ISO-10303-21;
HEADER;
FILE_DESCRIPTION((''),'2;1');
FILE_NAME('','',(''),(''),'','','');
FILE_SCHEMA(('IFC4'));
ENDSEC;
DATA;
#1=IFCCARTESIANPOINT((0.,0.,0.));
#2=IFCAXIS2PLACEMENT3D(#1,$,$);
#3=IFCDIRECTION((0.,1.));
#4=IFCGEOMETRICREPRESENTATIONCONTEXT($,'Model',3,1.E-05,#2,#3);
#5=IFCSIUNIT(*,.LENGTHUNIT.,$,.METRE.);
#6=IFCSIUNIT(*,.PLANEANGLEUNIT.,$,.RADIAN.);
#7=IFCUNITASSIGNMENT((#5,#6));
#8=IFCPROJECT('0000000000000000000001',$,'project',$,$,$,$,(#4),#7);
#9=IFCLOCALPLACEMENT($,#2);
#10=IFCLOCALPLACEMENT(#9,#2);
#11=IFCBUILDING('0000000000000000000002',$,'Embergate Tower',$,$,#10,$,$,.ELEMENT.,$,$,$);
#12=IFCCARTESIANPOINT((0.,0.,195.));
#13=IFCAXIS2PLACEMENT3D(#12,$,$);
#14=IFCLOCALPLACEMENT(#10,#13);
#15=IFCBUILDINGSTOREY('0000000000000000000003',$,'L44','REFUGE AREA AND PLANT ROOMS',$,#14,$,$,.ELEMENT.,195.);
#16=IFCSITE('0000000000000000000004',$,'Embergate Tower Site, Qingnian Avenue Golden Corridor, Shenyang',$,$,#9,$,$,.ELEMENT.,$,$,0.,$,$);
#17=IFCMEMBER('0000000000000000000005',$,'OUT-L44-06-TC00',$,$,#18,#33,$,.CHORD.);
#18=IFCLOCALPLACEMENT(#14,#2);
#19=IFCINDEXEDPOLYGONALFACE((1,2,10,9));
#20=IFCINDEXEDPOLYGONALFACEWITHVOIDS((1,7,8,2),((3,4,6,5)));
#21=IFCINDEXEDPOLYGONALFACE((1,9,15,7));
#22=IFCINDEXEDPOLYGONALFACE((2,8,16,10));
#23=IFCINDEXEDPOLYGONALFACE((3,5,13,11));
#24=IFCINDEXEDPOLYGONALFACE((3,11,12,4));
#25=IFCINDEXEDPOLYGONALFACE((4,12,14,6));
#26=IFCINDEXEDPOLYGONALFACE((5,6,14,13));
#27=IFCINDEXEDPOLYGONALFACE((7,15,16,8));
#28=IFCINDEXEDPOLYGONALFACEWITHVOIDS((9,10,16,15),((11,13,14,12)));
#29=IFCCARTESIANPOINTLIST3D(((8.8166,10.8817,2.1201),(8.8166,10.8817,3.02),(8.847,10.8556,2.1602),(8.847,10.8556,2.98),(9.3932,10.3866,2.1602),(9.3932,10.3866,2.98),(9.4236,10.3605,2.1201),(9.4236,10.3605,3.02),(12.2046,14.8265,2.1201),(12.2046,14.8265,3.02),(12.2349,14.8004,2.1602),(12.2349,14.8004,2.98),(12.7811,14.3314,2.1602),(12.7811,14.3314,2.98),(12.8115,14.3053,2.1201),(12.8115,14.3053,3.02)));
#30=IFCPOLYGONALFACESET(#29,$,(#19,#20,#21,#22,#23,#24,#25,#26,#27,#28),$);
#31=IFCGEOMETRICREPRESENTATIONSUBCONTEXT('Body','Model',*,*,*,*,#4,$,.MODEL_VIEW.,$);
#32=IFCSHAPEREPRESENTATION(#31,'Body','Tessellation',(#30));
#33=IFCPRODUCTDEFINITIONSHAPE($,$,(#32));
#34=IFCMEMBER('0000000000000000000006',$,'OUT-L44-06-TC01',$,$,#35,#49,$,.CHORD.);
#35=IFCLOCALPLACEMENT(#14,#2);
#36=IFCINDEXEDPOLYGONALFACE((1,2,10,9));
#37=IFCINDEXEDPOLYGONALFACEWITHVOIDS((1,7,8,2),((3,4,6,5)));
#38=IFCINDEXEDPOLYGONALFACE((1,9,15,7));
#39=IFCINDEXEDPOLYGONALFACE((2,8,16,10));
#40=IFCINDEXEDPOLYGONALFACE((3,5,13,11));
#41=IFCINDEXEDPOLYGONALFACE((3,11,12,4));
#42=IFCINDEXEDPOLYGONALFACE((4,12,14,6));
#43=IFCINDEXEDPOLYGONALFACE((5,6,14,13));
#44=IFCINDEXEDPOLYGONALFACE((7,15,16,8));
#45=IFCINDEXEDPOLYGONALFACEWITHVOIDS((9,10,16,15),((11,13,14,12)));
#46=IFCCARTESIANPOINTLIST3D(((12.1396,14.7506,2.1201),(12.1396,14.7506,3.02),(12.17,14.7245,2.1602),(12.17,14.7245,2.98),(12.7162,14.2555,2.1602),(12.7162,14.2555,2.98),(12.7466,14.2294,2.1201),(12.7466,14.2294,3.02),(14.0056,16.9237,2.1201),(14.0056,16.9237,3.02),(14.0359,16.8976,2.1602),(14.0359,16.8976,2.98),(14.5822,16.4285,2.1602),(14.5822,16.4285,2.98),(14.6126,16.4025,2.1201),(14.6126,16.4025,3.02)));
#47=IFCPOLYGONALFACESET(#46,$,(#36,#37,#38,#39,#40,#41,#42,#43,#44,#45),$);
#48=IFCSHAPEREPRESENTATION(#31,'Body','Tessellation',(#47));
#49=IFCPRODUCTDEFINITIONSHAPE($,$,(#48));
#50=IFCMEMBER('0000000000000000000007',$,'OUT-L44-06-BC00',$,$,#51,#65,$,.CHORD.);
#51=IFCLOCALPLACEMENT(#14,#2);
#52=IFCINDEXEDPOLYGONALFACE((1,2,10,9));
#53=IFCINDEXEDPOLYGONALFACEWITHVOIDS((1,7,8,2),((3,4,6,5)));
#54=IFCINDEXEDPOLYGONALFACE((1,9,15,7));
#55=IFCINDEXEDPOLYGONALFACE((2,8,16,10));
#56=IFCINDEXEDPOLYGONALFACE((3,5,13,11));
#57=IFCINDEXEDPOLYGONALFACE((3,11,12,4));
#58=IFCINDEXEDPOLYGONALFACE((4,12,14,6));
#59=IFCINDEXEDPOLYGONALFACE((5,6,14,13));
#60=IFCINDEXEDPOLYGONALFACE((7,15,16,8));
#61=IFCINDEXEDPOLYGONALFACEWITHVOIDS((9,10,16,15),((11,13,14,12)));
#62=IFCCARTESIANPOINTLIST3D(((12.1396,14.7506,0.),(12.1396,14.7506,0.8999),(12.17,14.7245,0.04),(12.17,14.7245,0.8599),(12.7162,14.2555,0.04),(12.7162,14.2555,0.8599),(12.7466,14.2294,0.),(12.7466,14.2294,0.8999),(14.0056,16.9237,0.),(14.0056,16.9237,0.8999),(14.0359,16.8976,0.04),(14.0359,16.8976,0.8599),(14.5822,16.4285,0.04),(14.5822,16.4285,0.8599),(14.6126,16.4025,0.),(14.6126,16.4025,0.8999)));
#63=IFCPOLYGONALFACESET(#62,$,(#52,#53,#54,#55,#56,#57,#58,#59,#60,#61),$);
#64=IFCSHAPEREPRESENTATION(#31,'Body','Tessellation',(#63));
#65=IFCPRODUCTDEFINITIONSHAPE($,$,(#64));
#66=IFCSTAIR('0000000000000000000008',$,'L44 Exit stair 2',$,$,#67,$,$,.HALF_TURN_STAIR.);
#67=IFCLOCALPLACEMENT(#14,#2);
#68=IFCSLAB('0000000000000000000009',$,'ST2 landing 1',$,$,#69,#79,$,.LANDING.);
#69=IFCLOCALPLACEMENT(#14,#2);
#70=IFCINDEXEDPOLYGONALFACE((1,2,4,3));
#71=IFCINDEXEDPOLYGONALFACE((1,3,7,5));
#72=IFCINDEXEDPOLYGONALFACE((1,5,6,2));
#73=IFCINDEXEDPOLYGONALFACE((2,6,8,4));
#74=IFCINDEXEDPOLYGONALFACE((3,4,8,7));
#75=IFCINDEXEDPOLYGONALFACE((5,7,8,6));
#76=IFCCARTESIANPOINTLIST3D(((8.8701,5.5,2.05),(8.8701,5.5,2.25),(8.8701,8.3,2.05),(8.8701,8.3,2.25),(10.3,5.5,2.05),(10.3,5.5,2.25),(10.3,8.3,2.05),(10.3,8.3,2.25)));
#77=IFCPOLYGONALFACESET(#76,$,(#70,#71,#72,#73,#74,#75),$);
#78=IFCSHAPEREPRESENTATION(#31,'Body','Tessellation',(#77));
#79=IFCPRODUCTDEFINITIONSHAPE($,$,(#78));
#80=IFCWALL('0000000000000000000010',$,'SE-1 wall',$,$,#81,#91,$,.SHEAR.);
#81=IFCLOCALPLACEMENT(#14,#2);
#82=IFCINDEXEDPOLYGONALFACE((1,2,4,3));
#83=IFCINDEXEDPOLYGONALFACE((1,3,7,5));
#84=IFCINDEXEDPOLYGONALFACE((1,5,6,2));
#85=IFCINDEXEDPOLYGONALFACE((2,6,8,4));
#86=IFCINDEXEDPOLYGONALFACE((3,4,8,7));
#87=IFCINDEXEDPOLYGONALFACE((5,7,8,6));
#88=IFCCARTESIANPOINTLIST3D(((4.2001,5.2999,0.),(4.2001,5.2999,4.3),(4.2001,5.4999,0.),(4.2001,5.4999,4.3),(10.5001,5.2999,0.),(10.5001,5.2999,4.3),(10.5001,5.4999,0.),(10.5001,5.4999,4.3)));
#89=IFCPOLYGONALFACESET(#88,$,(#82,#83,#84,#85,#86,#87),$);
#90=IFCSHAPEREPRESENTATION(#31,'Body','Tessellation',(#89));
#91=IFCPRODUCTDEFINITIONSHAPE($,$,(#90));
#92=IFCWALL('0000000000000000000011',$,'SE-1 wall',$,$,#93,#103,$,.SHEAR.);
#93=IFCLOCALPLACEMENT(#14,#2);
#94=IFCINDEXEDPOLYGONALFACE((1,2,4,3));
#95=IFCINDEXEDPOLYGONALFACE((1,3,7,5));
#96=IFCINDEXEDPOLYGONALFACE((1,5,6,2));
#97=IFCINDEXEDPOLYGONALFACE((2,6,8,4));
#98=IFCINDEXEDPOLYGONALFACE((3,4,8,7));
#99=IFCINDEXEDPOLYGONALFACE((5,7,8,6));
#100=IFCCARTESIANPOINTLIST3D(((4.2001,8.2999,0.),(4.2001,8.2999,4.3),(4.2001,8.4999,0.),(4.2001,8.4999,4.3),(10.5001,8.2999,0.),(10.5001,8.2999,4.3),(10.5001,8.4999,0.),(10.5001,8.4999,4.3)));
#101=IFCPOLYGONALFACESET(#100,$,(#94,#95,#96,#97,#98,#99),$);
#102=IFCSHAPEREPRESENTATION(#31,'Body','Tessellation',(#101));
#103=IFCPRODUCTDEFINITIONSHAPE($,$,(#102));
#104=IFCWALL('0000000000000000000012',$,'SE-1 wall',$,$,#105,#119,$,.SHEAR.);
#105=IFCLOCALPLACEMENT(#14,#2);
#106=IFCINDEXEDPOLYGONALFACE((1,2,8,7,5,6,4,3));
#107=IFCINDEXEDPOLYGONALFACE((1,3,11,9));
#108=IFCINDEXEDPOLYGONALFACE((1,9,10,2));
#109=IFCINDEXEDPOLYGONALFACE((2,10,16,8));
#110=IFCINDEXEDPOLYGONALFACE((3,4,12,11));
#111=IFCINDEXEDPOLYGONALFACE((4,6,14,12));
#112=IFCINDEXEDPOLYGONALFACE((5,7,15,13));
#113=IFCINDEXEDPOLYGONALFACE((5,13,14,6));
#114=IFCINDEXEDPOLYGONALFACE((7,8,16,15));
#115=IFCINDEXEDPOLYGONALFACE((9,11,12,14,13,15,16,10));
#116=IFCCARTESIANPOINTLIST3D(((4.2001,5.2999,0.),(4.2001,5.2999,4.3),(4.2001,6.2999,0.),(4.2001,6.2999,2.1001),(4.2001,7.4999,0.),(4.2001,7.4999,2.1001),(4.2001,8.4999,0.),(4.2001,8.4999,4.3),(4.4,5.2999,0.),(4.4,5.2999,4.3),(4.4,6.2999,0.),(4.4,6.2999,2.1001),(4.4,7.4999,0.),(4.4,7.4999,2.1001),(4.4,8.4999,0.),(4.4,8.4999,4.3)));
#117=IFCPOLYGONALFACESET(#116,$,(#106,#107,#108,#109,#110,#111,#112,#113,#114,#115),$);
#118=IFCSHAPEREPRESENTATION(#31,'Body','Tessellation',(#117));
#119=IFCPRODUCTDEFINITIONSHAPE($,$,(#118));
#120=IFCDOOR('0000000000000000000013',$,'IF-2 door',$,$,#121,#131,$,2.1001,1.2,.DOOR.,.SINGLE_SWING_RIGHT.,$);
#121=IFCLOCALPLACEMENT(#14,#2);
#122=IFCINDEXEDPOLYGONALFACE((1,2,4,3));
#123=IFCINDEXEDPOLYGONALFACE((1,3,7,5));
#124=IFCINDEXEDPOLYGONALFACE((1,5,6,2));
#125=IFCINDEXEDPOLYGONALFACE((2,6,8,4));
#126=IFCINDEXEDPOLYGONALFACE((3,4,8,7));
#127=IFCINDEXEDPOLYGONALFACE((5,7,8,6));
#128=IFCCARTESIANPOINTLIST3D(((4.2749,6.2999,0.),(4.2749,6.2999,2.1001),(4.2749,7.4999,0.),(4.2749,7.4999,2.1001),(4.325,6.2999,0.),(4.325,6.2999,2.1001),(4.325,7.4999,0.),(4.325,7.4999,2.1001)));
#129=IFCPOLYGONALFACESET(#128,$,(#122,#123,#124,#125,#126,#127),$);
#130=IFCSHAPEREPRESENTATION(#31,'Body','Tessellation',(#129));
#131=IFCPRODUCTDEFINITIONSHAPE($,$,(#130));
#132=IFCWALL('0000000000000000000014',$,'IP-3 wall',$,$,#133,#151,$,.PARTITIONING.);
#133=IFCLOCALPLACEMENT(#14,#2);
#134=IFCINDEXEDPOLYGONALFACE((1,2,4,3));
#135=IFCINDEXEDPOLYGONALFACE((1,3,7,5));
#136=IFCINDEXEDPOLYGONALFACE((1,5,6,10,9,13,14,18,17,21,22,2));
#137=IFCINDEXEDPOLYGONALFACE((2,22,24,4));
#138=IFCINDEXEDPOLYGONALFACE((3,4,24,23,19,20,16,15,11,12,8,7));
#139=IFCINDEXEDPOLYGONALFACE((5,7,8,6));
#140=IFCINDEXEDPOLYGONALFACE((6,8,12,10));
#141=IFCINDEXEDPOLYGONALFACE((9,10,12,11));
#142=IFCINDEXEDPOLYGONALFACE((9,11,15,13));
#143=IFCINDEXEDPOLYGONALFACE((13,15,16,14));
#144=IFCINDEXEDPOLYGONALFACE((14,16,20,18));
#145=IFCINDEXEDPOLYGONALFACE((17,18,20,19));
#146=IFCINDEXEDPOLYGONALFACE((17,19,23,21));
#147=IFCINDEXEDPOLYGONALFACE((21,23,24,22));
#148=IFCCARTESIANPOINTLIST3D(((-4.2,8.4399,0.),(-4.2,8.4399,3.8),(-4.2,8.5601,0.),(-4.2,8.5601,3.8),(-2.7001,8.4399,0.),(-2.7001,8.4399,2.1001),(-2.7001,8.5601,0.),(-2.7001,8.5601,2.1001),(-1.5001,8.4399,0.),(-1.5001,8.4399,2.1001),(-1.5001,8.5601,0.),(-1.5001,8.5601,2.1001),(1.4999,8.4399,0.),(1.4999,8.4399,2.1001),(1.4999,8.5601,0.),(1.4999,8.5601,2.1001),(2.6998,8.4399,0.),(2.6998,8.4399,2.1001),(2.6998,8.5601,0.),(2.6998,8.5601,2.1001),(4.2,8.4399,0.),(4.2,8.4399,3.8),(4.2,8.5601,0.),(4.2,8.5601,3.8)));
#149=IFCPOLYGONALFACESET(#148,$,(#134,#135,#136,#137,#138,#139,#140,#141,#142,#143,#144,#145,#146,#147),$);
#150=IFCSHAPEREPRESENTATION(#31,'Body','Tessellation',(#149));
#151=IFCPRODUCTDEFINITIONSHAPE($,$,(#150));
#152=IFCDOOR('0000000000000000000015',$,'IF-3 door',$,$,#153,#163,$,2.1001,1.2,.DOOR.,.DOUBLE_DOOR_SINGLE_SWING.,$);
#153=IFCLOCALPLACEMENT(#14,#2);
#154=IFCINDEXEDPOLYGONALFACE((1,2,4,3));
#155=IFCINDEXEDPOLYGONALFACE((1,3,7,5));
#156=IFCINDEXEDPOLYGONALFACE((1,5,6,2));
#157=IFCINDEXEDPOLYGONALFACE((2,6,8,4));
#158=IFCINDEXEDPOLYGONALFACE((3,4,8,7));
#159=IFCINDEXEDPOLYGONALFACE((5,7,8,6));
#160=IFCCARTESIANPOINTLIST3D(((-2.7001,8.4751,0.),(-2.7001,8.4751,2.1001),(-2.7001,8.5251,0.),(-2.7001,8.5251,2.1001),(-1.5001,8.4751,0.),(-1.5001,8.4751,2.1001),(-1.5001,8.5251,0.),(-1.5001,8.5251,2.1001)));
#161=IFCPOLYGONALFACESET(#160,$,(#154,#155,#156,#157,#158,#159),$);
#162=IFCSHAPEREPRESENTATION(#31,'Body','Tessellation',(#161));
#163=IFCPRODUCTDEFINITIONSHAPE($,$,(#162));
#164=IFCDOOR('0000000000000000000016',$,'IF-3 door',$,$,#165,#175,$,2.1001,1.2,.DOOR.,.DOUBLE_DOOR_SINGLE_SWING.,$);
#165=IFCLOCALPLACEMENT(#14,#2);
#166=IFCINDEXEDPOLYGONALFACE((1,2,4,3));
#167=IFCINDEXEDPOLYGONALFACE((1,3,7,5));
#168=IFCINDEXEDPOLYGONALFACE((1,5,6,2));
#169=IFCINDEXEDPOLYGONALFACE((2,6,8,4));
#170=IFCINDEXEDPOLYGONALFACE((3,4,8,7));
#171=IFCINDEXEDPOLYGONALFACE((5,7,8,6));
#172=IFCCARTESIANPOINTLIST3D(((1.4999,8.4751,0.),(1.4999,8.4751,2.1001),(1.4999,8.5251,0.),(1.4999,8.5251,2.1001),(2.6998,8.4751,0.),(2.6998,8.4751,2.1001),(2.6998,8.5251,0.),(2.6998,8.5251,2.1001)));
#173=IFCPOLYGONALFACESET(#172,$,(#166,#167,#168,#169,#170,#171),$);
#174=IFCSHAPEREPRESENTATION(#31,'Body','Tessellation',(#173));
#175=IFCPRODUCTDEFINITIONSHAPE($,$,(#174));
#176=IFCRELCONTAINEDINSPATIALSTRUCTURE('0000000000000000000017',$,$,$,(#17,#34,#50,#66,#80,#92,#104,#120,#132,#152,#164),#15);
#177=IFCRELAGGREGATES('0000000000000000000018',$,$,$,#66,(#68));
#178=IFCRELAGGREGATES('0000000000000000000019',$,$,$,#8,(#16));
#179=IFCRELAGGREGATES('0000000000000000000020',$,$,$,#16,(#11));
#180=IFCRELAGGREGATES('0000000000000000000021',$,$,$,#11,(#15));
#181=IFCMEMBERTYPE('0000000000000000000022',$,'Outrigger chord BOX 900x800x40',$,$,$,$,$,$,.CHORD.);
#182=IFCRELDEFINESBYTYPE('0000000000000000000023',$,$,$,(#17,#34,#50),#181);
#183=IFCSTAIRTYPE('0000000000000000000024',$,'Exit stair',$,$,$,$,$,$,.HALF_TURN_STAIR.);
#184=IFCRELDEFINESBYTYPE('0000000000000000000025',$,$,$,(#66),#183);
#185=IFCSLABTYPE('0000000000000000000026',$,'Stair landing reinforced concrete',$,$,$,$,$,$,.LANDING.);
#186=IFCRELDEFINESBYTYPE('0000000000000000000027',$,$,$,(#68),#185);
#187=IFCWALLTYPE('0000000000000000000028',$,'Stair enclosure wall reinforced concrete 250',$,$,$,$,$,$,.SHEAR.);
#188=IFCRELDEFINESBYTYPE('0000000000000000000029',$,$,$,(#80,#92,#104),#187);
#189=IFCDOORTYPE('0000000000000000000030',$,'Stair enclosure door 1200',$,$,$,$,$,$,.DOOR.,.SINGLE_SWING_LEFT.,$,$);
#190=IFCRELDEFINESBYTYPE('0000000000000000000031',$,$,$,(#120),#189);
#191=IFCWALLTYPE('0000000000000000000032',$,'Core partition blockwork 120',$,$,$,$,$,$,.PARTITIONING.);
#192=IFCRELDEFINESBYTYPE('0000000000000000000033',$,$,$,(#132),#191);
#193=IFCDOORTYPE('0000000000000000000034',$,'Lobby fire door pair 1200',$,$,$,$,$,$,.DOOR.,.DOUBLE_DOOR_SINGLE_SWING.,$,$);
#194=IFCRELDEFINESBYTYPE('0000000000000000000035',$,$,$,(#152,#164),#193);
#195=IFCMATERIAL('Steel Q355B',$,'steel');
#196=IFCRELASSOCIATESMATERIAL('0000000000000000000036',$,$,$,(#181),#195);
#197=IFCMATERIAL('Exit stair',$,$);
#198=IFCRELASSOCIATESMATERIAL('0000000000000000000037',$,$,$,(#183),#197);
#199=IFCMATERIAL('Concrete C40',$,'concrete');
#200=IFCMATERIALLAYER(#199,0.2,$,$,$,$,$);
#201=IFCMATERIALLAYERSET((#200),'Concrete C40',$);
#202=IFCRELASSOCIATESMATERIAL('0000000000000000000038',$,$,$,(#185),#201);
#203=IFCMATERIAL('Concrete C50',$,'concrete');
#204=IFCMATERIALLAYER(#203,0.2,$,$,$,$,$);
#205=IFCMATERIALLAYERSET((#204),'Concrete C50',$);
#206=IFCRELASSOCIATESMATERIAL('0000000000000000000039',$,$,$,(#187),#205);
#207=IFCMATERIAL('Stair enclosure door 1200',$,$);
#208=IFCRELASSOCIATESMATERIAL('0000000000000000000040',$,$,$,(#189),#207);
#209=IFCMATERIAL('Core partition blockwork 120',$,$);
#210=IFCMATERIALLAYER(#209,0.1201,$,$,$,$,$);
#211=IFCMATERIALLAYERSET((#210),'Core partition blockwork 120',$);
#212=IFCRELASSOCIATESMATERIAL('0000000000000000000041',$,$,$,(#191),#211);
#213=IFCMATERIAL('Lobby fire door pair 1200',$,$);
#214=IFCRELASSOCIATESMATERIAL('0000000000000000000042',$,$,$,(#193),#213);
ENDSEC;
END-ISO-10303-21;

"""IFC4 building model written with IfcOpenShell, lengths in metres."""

from ifc_helpers import new_model, si_unit, direction, frame, frame_2d, origin, origin_2d, place, context, subcontext, project, spatial, polyline, rectangle, hollow_rectangle, outline, extrude, source, transform, mapped, material, layer, layer_set, material_profile, profile_set, type_object, element, fill, aggregate, save


model = new_model("IFC4")

# Units and contexts
model_context = context("Model", 3, precision=1e-05, world=origin(), true_north=direction((0.0, 1.0)))
body_context = subcontext(model_context, "Body", "Model", "MODEL_VIEW")
ifc_project = project(units=[si_unit("LENGTHUNIT", "METRE"), si_unit("PLANEANGLEUNIT", "RADIAN")], contexts=[model_context])

# Site, building, storey
site_placement = place(None, origin())
site = spatial("IfcSite", under=ifc_project, at=site_placement, Name="Embergate Tower Site, Qingnian Avenue Golden Corridor, Shenyang", CompositionType="ELEMENT", RefElevation=0.0)
building_placement = place(site_placement, origin())
building = spatial("IfcBuilding", under=site, at=building_placement, Name="Embergate Tower", CompositionType="ELEMENT")
storey_placement = place(building_placement, frame((0.0, 0.0, 195.0)))
storey = spatial("IfcBuildingStorey", under=building, at=storey_placement, Name="L44", Description="REFUGE AREA AND PLANT ROOMS", CompositionType="ELEMENT", Elevation=195.0)

# Members
ifc_material_1 = material(Name="Steel Q355B", Category="steel")
ifc_material_profile = material_profile(ifc_material_1, hollow_rectangle(XDim=0.8, YDim=0.8999, WallThickness=0.04, at=origin_2d()), Name="BOX 900x800x40")
ifc_profile_set = profile_set([ifc_material_profile], Name="Steel Q355 grade B")
member_type = type_object("IfcMemberType", Name="Outrigger chord BOX 900x800x40", PredefinedType="CHORD", material=ifc_profile_set)
shared_shape_1 = source(origin(), body_context, "Body", "SweptSolid", [
    extrude(hollow_rectangle(XDim=0.8, YDim=0.8999, WallThickness=0.04, at=origin_2d()), origin(), (0.0, 0.0, 1.0), 5.2),
])
member_placement = place(storey_placement, frame((9.1201, 10.6211, 2.5701), z_axis=(0.65153, 0.758623, 0.0), x_axis=(-0.758623, 0.65153, 0.0)))
element("IfcMember", 1, at=member_placement, inside=storey, type_object=member_type, Name="OUT-L44-06-TC00", PredefinedType="CHORD", context=body_context, shape_type="MappedRepresentation", body=[
    mapped(shared_shape_1, transform((0.0, 0.0, 0.0))),
])
shared_shape_2 = source(origin(), body_context, "Body", "SweptSolid", [
    extrude(hollow_rectangle(XDim=0.8, YDim=0.8999, WallThickness=0.04, at=origin_2d()), origin(), (0.0, 0.0, 1.0), 2.8643),
])
for number, where, z_axis, x_axis, name in (
    (2, (12.4431, 14.49, 2.5701), (0.651458, 0.758685, 0.0), (-0.758685, 0.651458, 0.0), "OUT-L44-06-TC01"),
    (3, (12.4431, 14.49, 0.45), (0.651458, 0.758685, 0.0), (-0.758685, 0.651458, 0.0), "OUT-L44-06-BC00"),
):
    element("IfcMember", number, at=place(storey_placement, frame(where, z_axis=z_axis, x_axis=x_axis)), inside=storey, type_object=member_type, Name=name, PredefinedType="CHORD", context=body_context, shape_type="MappedRepresentation", body=[
        mapped(shared_shape_2, transform((0.0, 0.0, 0.0))),
    ])

# Stair, slab
ifc_material_2 = material(Name="Exit stair")
stair_type = type_object("IfcStairType", Name="Exit stair", PredefinedType="HALF_TURN_STAIR", material=ifc_material_2)
stair_placement = place(storey_placement, origin())
stair = element("IfcStair", 4, at=stair_placement, inside=storey, type_object=stair_type, Name="L44 Exit stair 2", PredefinedType="HALF_TURN_STAIR")
ifc_material_3 = material(Name="Concrete C40", Category="concrete")
ifc_layer_1 = layer(ifc_material_3, 0.2)
ifc_layer_set_1 = layer_set([ifc_layer_1], Name="Concrete C40")
slab_type = type_object("IfcSlabType", Name="Stair landing reinforced concrete", PredefinedType="LANDING", material=ifc_layer_set_1)
shared_shape_3 = source(origin(), body_context, "Body", "SweptSolid", [
    extrude(outline(polyline([(0.0, 0.0), (1.4299, 0.0), (1.4299, 2.8), (0.0, 2.8), (0.0, 0.0)])), origin(), (0.0, 0.0, 1.0), 0.2),
])
slab_placement = place(storey_placement, frame((8.8701, 5.5, 2.05)))
slab = element("IfcSlab", 5, at=slab_placement, type_object=slab_type, Name="ST2 landing 1", PredefinedType="LANDING", context=body_context, shape_type="MappedRepresentation", body=[
    mapped(shared_shape_3, transform((0.0, 0.0, 0.0))),
])

# Walls
ifc_material_4 = material(Name="Concrete C50", Category="concrete")
ifc_layer_2 = layer(ifc_material_4, 0.2)
ifc_layer_set_2 = layer_set([ifc_layer_2], Name="Concrete C50")
wall_type_1 = type_object("IfcWallType", Name="Stair enclosure wall reinforced concrete 250", PredefinedType="SHEAR", material=ifc_layer_set_2)
shared_shape_4 = source(origin(), body_context, "Body", "SweptSolid", [
    extrude(rectangle(XDim=6.3, YDim=0.2, at=frame_2d((3.1499, 0.0))), origin(), (0.0, 0.0, 1.0), 4.3),
])
for number, where, z_axis, x_axis, name in (
    (6, (10.5, 5.3999, 0.0), (0.0, 0.0, 1.0), (-1.0, 0.0, 0.0), "SE-1 wall"),
    (7, (10.5, 8.3999, 0.0), (0.0, 0.0, 1.0), (-1.0, 0.0, 0.0), "SE-1 wall"),
):
    element("IfcWall", number, at=place(storey_placement, frame(where, z_axis=z_axis, x_axis=x_axis)), inside=storey, type_object=wall_type_1, Name=name, PredefinedType="SHEAR", context=body_context, shape_type="MappedRepresentation", body=[
        mapped(shared_shape_4, transform((0.0, 0.0, 0.0))),
    ])

# Wall, opening, door
shared_shape_5 = source(origin(), body_context, "Body", "SweptSolid", [
    extrude(rectangle(XDim=3.2, YDim=0.2, at=frame_2d((1.6001, 0.0))), origin(), (0.0, 0.0, 1.0), 4.3),
])
wall_1_placement = place(storey_placement, frame((4.3, 8.5, 0.0), z_axis=(0.0, 0.0, 1.0), x_axis=(0.0, -1.0, 0.0)))
wall_1 = element("IfcWall", 8, at=wall_1_placement, inside=storey, type_object=wall_type_1, Name="SE-1 wall", PredefinedType="SHEAR", context=body_context, shape_type="MappedRepresentation", body=[
    mapped(shared_shape_5, transform((0.0, 0.0, 0.0))),
])
shared_shape_6 = source(origin(), body_context, "Body", "SweptSolid", [
    extrude(rectangle(XDim=1.2, YDim=2.1001, at=frame_2d((0.6001, 1.05))), frame((0.0, 0.1099, 0.0), z_axis=(0.0, -1.0, 0.0), x_axis=(1.0, 0.0, 0.0)), (0.0, 0.0, 1.0), 0.22),
])
opening_1_placement = place(wall_1_placement, frame((1.0, 0.0, 0.0)))
opening_1 = element("IfcOpeningElement", 9, at=opening_1_placement, cuts=wall_1, PredefinedType="OPENING", context=body_context, shape_type="MappedRepresentation", body=[
    mapped(shared_shape_6, transform((0.0, 0.0, 0.0))),
])
ifc_material_5 = material(Name="Stair enclosure door 1200")
door_type_1 = type_object("IfcDoorType", Name="Stair enclosure door 1200", OperationType="SINGLE_SWING_LEFT", PredefinedType="DOOR", material=ifc_material_5)
shared_shape_7 = source(origin(), body_context, "Body", "SweptSolid", [
    extrude(rectangle(XDim=1.2, YDim=2.1001, at=frame_2d((0.6001, 1.05))), frame((0.0, 0.0249, 0.0), z_axis=(0.0, -1.0, 0.0), x_axis=(1.0, 0.0, 0.0)), (0.0, 0.0, 1.0), 0.05),
])
door_1_placement = place(opening_1_placement, origin())
door_1 = element("IfcDoor", 10, at=door_1_placement, inside=storey, type_object=door_type_1, Name="IF-2 door", OperationType="SINGLE_SWING_RIGHT", OverallHeight=2.1001, OverallWidth=1.2, PredefinedType="DOOR", context=body_context, shape_type="MappedRepresentation", body=[
    mapped(shared_shape_7, transform((0.0, 0.0, 0.0))),
])
fill(opening_1, door_1)

# Wall, openings, doors
ifc_material_6 = material(Name="Core partition blockwork 120")
ifc_layer_3 = layer(ifc_material_6, 0.1201)
ifc_layer_set_3 = layer_set([ifc_layer_3], Name="Core partition blockwork 120")
wall_type_2 = type_object("IfcWallType", Name="Core partition blockwork 120", PredefinedType="PARTITIONING", material=ifc_layer_set_3)
shared_shape_8 = source(origin(), body_context, "Body", "SweptSolid", [
    extrude(rectangle(XDim=8.3999, YDim=0.1201, at=frame_2d((4.2, 0.0))), origin(), (0.0, 0.0, 1.0), 3.8),
])
wall_2_placement = place(storey_placement, frame((4.2, 8.5, 0.0), z_axis=(0.0, 0.0, 1.0), x_axis=(-1.0, 0.0, 0.0)))
wall_2 = element("IfcWall", 11, at=wall_2_placement, inside=storey, type_object=wall_type_2, Name="IP-3 wall", PredefinedType="PARTITIONING", context=body_context, shape_type="MappedRepresentation", body=[
    mapped(shared_shape_8, transform((0.0, 0.0, 0.0))),
])
shared_shape_9 = source(origin(), body_context, "Body", "SweptSolid", [
    extrude(rectangle(XDim=1.2, YDim=2.1001, at=frame_2d((0.6001, 1.05))), frame((0.0, 0.0701, 0.0), z_axis=(0.0, -1.0, 0.0), x_axis=(1.0, 0.0, 0.0)), (0.0, 0.0, 1.0), 0.1401),
])
opening_2_placement = place(wall_2_placement, frame((5.7, 0.0, 0.0)))
opening_2 = element("IfcOpeningElement", 12, at=opening_2_placement, cuts=wall_2, PredefinedType="OPENING", context=body_context, shape_type="MappedRepresentation", body=[
    mapped(shared_shape_9, transform((0.0, 0.0, 0.0))),
])
opening_3_placement = place(wall_2_placement, frame((1.5, 0.0, 0.0)))
opening_3 = element("IfcOpeningElement", 13, at=opening_3_placement, cuts=wall_2, PredefinedType="OPENING", context=body_context, shape_type="MappedRepresentation", body=[
    mapped(shared_shape_9, transform((0.0, 0.0, 0.0))),
])
ifc_material_7 = material(Name="Lobby fire door pair 1200")
door_type_2 = type_object("IfcDoorType", Name="Lobby fire door pair 1200", OperationType="DOUBLE_DOOR_SINGLE_SWING", PredefinedType="DOOR", material=ifc_material_7)
door_2_placement = place(opening_2_placement, origin())
door_2 = element("IfcDoor", 14, at=door_2_placement, inside=storey, type_object=door_type_2, Name="IF-3 door", OperationType="DOUBLE_DOOR_SINGLE_SWING", OverallHeight=2.1001, OverallWidth=1.2, PredefinedType="DOOR", context=body_context, shape_type="MappedRepresentation", body=[
    mapped(shared_shape_7, transform((0.0, 0.0, 0.0))),
])
fill(opening_2, door_2)
door_3_placement = place(opening_3_placement, origin())
door_3 = element("IfcDoor", 15, at=door_3_placement, inside=storey, type_object=door_type_2, Name="IF-3 door", OperationType="DOUBLE_DOOR_SINGLE_SWING", OverallHeight=2.1001, OverallWidth=1.2, PredefinedType="DOOR", context=body_context, shape_type="MappedRepresentation", body=[
    mapped(shared_shape_7, transform((0.0, 0.0, 0.0))),
])
fill(opening_3, door_3)

aggregate(stair, [slab])

save(model, "model.ifc")
